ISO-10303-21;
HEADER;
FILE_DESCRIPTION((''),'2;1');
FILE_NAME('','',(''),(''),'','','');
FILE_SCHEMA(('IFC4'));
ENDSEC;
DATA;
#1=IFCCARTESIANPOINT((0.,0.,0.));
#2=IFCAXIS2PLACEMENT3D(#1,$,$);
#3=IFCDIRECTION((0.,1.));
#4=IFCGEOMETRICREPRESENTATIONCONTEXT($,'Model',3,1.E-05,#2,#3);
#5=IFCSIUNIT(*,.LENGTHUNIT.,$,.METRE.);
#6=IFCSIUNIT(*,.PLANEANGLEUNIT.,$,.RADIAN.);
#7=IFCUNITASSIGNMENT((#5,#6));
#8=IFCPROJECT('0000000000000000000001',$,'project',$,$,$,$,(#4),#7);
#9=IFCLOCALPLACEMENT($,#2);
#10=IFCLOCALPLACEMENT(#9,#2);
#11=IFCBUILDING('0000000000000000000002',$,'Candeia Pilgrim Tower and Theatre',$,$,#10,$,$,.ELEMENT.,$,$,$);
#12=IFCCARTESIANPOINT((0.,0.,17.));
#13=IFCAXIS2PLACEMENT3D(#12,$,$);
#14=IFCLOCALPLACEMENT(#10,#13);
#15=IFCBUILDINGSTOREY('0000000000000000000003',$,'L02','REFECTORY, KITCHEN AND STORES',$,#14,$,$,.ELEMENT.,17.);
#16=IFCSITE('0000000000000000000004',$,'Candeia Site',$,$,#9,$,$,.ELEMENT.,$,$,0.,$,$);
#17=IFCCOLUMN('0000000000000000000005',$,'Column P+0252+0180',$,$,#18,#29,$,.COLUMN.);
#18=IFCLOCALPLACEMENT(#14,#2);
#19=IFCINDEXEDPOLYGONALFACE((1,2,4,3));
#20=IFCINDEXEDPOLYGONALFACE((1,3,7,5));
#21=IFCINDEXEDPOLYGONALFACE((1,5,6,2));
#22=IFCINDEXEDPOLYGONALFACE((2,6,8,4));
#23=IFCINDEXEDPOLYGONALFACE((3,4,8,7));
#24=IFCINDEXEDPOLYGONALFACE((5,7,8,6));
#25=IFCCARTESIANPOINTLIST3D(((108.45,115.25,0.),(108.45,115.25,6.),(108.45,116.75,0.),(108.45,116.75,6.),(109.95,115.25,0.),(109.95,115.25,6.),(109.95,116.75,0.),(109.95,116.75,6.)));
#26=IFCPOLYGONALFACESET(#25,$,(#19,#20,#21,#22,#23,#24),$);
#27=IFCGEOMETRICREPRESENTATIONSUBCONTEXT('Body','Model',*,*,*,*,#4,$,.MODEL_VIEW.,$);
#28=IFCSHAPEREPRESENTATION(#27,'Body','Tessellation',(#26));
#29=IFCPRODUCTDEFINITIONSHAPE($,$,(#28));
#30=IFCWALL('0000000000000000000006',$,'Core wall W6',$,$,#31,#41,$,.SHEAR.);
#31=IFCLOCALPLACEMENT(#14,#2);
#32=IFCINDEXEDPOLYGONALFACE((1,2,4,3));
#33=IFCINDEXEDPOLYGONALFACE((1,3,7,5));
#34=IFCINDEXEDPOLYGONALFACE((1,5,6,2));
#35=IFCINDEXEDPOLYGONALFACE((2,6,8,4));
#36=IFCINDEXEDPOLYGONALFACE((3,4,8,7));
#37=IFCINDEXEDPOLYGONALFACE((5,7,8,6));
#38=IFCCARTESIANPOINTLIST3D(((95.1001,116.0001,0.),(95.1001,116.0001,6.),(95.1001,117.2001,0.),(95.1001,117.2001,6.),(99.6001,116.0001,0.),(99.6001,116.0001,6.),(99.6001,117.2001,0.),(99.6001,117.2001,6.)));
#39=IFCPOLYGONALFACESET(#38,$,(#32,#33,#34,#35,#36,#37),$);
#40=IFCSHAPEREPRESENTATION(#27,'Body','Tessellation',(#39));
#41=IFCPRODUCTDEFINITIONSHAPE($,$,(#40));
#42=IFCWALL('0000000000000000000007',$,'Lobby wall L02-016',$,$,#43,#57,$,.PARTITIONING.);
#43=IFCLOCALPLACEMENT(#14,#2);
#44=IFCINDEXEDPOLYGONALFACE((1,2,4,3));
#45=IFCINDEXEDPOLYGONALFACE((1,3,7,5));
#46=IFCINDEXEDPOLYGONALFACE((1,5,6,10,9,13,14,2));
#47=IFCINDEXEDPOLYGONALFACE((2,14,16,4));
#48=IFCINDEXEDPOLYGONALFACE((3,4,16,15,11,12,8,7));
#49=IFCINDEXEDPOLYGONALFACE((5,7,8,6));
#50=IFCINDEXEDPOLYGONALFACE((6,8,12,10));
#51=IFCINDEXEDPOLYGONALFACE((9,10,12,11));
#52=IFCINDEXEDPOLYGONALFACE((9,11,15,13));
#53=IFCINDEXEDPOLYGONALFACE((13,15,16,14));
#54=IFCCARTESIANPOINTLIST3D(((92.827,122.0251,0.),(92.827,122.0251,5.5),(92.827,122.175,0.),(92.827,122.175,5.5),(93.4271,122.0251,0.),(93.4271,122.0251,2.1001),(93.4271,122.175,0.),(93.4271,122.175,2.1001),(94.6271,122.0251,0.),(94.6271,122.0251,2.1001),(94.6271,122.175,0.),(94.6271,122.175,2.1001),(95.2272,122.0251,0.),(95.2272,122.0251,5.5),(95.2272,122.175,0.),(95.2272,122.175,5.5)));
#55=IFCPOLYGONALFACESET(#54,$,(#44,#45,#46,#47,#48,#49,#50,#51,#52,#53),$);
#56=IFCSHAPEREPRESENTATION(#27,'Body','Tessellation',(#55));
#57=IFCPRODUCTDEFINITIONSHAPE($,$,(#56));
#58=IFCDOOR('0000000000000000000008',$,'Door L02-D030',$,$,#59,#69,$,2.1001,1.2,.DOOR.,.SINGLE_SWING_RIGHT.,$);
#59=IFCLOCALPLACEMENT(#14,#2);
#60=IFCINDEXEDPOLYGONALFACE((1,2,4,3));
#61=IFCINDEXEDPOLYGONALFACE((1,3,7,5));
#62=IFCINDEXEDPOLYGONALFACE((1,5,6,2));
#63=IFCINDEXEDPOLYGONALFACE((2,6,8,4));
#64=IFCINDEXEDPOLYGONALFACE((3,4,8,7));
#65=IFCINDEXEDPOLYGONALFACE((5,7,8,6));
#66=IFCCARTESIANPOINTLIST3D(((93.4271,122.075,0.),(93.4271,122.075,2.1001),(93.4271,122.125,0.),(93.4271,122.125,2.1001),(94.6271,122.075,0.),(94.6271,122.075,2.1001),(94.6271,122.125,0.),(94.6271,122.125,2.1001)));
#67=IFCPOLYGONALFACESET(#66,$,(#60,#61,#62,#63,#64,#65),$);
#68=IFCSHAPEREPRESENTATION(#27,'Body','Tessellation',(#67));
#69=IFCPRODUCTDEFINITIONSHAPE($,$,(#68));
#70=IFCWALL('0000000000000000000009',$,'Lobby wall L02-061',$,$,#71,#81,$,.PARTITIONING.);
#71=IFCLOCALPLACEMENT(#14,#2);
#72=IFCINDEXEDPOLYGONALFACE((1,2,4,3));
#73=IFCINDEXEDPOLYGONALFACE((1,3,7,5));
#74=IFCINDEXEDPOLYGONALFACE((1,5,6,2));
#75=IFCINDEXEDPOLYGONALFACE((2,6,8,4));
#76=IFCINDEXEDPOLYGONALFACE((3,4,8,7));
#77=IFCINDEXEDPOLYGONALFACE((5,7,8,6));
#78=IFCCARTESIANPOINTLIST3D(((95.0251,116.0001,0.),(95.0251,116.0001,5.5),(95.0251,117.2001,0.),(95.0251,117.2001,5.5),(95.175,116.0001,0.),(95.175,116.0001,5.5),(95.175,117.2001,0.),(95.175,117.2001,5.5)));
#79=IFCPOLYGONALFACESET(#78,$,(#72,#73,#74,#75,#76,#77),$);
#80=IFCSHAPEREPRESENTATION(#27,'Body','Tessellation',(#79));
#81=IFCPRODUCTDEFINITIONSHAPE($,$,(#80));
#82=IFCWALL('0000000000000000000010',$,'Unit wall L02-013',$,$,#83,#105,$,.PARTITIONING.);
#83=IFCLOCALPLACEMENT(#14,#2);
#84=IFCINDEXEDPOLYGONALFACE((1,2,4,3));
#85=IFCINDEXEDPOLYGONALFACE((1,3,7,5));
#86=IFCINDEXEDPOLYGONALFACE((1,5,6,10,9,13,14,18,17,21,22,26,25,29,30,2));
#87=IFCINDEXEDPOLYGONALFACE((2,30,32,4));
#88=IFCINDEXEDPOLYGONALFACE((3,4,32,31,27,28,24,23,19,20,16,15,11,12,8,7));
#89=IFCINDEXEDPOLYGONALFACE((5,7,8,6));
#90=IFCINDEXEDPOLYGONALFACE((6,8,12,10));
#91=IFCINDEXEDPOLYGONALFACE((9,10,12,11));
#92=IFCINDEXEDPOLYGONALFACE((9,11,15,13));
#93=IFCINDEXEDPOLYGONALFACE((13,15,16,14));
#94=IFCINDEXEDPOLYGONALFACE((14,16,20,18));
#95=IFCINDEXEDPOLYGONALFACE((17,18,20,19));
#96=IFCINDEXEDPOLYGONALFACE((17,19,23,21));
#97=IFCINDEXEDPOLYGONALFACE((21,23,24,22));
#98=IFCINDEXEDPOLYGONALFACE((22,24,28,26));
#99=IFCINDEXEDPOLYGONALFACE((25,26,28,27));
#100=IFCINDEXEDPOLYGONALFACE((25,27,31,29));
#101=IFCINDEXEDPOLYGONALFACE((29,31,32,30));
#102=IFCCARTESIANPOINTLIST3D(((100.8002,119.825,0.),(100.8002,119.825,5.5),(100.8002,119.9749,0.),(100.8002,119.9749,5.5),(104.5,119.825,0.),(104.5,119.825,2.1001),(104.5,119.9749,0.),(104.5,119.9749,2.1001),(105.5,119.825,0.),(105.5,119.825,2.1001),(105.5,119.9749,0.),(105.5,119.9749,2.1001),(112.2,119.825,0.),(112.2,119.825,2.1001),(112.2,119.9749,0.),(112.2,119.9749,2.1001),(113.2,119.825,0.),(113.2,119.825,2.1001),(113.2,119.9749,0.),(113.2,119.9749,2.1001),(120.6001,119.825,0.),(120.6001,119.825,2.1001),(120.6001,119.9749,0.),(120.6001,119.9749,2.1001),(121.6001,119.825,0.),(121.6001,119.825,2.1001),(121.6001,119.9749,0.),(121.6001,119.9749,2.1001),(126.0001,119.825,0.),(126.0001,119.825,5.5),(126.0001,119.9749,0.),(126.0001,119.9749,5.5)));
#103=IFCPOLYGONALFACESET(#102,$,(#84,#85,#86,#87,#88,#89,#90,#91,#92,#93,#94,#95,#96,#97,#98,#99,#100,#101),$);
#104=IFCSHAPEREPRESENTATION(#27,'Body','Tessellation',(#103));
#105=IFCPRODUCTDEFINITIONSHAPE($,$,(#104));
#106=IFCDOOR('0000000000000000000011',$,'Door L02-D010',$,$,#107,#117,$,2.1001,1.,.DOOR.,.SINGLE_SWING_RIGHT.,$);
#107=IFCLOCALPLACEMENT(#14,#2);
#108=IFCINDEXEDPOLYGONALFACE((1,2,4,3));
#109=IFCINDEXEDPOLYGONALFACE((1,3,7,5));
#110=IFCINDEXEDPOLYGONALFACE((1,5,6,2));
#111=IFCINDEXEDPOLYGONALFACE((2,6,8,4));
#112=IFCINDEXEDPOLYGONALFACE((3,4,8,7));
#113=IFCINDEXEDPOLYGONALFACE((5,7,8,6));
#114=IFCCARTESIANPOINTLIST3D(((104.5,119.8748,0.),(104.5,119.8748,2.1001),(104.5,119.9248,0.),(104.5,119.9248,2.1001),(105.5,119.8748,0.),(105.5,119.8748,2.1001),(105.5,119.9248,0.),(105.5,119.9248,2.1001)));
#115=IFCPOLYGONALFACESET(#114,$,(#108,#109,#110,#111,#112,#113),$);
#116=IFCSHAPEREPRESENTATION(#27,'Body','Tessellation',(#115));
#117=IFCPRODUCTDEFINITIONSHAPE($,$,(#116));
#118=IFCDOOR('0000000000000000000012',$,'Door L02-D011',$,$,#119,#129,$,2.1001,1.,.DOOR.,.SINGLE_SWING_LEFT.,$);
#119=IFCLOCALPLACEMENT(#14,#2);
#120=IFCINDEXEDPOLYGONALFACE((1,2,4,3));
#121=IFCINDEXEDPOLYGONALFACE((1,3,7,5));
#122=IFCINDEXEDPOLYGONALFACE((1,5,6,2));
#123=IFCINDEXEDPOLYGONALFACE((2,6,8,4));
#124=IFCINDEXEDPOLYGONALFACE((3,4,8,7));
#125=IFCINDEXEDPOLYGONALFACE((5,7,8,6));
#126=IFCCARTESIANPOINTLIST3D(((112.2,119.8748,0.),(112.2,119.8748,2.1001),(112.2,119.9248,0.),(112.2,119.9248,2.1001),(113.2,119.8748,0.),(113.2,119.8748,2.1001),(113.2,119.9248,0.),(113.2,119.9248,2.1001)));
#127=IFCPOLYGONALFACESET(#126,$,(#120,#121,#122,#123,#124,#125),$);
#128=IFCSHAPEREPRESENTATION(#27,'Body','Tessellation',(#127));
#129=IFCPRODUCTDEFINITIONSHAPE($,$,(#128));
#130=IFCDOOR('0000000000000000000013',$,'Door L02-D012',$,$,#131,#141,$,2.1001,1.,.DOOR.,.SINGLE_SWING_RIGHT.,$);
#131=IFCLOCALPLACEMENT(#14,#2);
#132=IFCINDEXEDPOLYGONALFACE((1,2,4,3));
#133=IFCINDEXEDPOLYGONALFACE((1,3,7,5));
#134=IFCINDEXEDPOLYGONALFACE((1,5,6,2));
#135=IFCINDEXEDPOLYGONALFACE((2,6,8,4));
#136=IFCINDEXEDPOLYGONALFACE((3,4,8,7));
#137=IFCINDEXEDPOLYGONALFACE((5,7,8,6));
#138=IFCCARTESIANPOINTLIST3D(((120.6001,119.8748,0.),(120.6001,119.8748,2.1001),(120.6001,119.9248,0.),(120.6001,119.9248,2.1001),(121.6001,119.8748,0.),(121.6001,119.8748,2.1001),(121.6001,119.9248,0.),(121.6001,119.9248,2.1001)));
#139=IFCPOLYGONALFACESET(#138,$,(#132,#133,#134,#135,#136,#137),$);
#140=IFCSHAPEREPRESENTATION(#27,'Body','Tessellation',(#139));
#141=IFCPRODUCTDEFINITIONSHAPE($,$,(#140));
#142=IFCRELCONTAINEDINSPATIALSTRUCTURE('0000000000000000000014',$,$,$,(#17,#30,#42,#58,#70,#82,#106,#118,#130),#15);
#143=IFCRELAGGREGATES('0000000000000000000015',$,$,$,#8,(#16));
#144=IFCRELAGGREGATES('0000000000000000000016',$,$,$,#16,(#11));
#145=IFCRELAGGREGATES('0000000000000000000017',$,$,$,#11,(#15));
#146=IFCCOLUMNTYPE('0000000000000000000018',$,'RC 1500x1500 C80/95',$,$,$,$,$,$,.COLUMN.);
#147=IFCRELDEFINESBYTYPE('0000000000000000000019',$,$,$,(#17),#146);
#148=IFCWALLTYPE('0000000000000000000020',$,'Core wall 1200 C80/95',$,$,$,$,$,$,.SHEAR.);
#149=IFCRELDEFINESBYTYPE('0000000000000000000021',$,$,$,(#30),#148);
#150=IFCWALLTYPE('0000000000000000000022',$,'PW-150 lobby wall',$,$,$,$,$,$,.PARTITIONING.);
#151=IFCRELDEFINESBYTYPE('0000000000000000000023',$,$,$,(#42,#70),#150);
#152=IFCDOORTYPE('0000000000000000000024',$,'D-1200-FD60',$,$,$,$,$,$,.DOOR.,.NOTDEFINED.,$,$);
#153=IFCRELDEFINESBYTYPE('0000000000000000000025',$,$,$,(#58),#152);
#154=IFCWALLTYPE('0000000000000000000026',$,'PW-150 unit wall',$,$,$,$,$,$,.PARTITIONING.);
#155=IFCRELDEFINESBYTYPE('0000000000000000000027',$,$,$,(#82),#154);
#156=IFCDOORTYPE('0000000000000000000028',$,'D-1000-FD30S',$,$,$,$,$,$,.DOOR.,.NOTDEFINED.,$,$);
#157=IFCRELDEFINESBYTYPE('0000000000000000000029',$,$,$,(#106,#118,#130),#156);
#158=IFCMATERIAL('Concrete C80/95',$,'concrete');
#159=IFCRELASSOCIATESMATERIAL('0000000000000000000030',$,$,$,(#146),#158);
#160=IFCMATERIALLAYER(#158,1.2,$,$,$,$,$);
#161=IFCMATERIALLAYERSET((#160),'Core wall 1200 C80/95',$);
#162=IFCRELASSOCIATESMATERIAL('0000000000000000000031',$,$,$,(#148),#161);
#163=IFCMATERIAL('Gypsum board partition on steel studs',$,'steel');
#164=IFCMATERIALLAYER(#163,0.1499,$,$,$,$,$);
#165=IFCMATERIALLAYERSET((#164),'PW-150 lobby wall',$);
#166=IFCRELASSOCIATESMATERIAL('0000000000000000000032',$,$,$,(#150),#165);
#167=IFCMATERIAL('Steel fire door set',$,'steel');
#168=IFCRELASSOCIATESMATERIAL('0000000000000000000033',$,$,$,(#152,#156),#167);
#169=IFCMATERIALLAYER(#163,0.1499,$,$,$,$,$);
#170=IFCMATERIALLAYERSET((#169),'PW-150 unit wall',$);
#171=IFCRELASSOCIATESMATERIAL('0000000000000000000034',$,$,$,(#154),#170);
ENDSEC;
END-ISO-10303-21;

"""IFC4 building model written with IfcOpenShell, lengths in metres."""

from ifc_helpers import new_model, si_unit, direction, frame, frame_2d, origin, origin_2d, place, context, subcontext, project, spatial, rectangle, extrude, material, layer, layer_set, material_profile, profile_set, type_object, element, fill, save


model = new_model("IFC4")

# Units and contexts
model_context = context("Model", 3, precision=1e-05, world=origin(), true_north=direction((0.0, 1.0)))
body_context = subcontext(model_context, "Body", "Model", "MODEL_VIEW")
ifc_project = project(units=[si_unit("LENGTHUNIT", "METRE"), si_unit("PLANEANGLEUNIT", "RADIAN")], contexts=[model_context])

# Site, building, storey
site_placement = place(None, origin())
site = spatial("IfcSite", under=ifc_project, at=site_placement, Name="Candeia Site", CompositionType="ELEMENT", RefElevation=0.0)
building_placement = place(site_placement, origin())
building = spatial("IfcBuilding", under=site, at=building_placement, Name="Candeia Pilgrim Tower and Theatre", CompositionType="ELEMENT")
storey_placement = place(building_placement, frame((0.0, 0.0, 17.0)))
storey = spatial("IfcBuildingStorey", under=building, at=storey_placement, Name="L02", Description="REFECTORY, KITCHEN AND STORES", CompositionType="ELEMENT", Elevation=17.0)

# Column
ifc_material_1 = material(Name="Concrete C80/95", Category="concrete")
ifc_material_profile = material_profile(ifc_material_1, rectangle(XDim=1.5, YDim=1.5, at=origin_2d()))
ifc_profile_set = profile_set([ifc_material_profile], Name="Concrete C80/95")
column_type = type_object("IfcColumnType", Name="RC 1500x1500 C80/95", PredefinedType="COLUMN", material=ifc_profile_set)
column_placement = place(storey_placement, frame((109.2, 116.0, 0.0), z_axis=(0.0, 0.0, 1.0), x_axis=(1.0, 0.0, 0.0)))
element("IfcColumn", 1, at=column_placement, inside=storey, type_object=column_type, Name="Column P+0252+0180", PredefinedType="COLUMN", context=body_context, shape_type="SweptSolid", body=[
    extrude(rectangle(XDim=1.5, YDim=1.5, at=origin_2d()), origin(), (0.0, 0.0, 1.0), 6.0),
])

# Wall
ifc_layer_1 = layer(ifc_material_1, 1.2)
ifc_layer_set_1 = layer_set([ifc_layer_1], Name="Core wall 1200 C80/95")
wall_type_1 = type_object("IfcWallType", Name="Core wall 1200 C80/95", PredefinedType="SHEAR", material=ifc_layer_set_1)
wall_1_placement = place(storey_placement, frame((95.1001, 116.6001, 0.0), z_axis=(0.0, 0.0, 1.0), x_axis=(1.0, 0.0, 0.0)))
element("IfcWall", 2, at=wall_1_placement, inside=storey, type_object=wall_type_1, Name="Core wall W6", PredefinedType="SHEAR", context=body_context, shape_type="SweptSolid", body=[
    extrude(rectangle(XDim=4.5, YDim=1.2, at=frame_2d((2.25, 0.0))), origin(), (0.0, 0.0, 1.0), 6.0),
])

# Wall, opening, door
ifc_material_2 = material(Name="Gypsum board partition on steel studs", Category="steel")
ifc_layer_2 = layer(ifc_material_2, 0.1499)
ifc_layer_set_2 = layer_set([ifc_layer_2], Name="PW-150 lobby wall")
wall_type_2 = type_object("IfcWallType", Name="PW-150 lobby wall", PredefinedType="PARTITIONING", material=ifc_layer_set_2)
wall_2_placement = place(storey_placement, frame((92.8269, 122.1001, 0.0), z_axis=(0.0, 0.0, 1.0), x_axis=(1.0, 0.0, 0.0)))
wall_2 = element("IfcWall", 3, at=wall_2_placement, inside=storey, type_object=wall_type_2, Name="Lobby wall L02-016", PredefinedType="PARTITIONING", context=body_context, shape_type="SweptSolid", body=[
    extrude(rectangle(XDim=2.4001, YDim=0.1499, at=frame_2d((1.2002, 0.0))), origin(), (0.0, 0.0, 1.0), 5.5),
])
opening_1_placement = place(wall_2_placement, frame((0.6001, 0.0, 0.0)))
opening_1 = element("IfcOpeningElement", 4, at=opening_1_placement, cuts=wall_2, PredefinedType="OPENING", context=body_context, shape_type="SweptSolid", body=[
    extrude(rectangle(XDim=1.2, YDim=2.1001, at=frame_2d((0.6001, 1.05))), frame((0.0, 0.085, 0.0), z_axis=(0.0, -1.0, 0.0), x_axis=(1.0, 0.0, 0.0)), (0.0, 0.0, 1.0), 0.1699),
])
ifc_material_3 = material(Name="Steel fire door set", Category="steel")
door_type_1 = type_object("IfcDoorType", Name="D-1200-FD60", OperationType="NOTDEFINED", PredefinedType="DOOR", material=ifc_material_3)
door_1_placement = place(opening_1_placement, origin())
door_1 = element("IfcDoor", 5, at=door_1_placement, inside=storey, type_object=door_type_1, Name="Door L02-D030", OperationType="SINGLE_SWING_RIGHT", OverallHeight=2.1001, OverallWidth=1.2, PredefinedType="DOOR", context=body_context, shape_type="SweptSolid", body=[
    extrude(rectangle(XDim=1.2, YDim=2.1001, at=frame_2d((0.6001, 1.05))), frame((0.0, 0.0249, 0.0), z_axis=(0.0, -1.0, 0.0), x_axis=(1.0, 0.0, 0.0)), (0.0, 0.0, 1.0), 0.05),
])
fill(opening_1, door_1)

# Wall
wall_3_placement = place(storey_placement, frame((95.1001, 116.0, 0.0), z_axis=(0.0, 0.0, 1.0), x_axis=(0.0, 1.0, 0.0)))
element("IfcWall", 6, at=wall_3_placement, inside=storey, type_object=wall_type_2, Name="Lobby wall L02-061", PredefinedType="PARTITIONING", context=body_context, shape_type="SweptSolid", body=[
    extrude(rectangle(XDim=1.2, YDim=0.1499, at=frame_2d((0.6001, 0.0))), origin(), (0.0, 0.0, 1.0), 5.5),
])

# Wall, openings, doors
ifc_layer_3 = layer(ifc_material_2, 0.1499)
ifc_layer_set_3 = layer_set([ifc_layer_3], Name="PW-150 unit wall")
wall_type_3 = type_object("IfcWallType", Name="PW-150 unit wall", PredefinedType="PARTITIONING", material=ifc_layer_set_3)
wall_4_placement = place(storey_placement, frame((100.8, 119.8999, 0.0), z_axis=(0.0, 0.0, 1.0), x_axis=(1.0, 0.0, 0.0)))
wall_4 = element("IfcWall", 7, at=wall_4_placement, inside=storey, type_object=wall_type_3, Name="Unit wall L02-013", PredefinedType="PARTITIONING", context=body_context, shape_type="SweptSolid", body=[
    extrude(rectangle(XDim=25.2, YDim=0.1499, at=frame_2d((12.6001, 0.0))), origin(), (0.0, 0.0, 1.0), 5.5),
])
opening_2_placement = place(wall_4_placement, frame((3.7, 0.0, 0.0)))
opening_2 = element("IfcOpeningElement", 8, at=opening_2_placement, cuts=wall_4, PredefinedType="OPENING", context=body_context, shape_type="SweptSolid", body=[
    extrude(rectangle(XDim=1.0, YDim=2.1001, at=frame_2d((0.5, 1.05))), frame((0.0, 0.085, 0.0), z_axis=(0.0, -1.0, 0.0), x_axis=(1.0, 0.0, 0.0)), (0.0, 0.0, 1.0), 0.1699),
])
opening_3_placement = place(wall_4_placement, frame((11.3999, 0.0, 0.0)))
opening_3 = element("IfcOpeningElement", 9, at=opening_3_placement, cuts=wall_4, PredefinedType="OPENING", context=body_context, shape_type="SweptSolid", body=[
    extrude(rectangle(XDim=1.0, YDim=2.1001, at=frame_2d((0.5, 1.05))), frame((0.0, 0.085, 0.0), z_axis=(0.0, -1.0, 0.0), x_axis=(1.0, 0.0, 0.0)), (0.0, 0.0, 1.0), 0.1699),
])
opening_4_placement = place(wall_4_placement, frame((19.8, 0.0, 0.0)))
opening_4 = element("IfcOpeningElement", 10, at=opening_4_placement, cuts=wall_4, PredefinedType="OPENING", context=body_context, shape_type="SweptSolid", body=[
    extrude(rectangle(XDim=1.0, YDim=2.1001, at=frame_2d((0.5, 1.05))), frame((0.0, 0.085, 0.0), z_axis=(0.0, -1.0, 0.0), x_axis=(1.0, 0.0, 0.0)), (0.0, 0.0, 1.0), 0.1699),
])
door_type_2 = type_object("IfcDoorType", Name="D-1000-FD30S", OperationType="NOTDEFINED", PredefinedType="DOOR", material=ifc_material_3)
door_2_placement = place(opening_2_placement, origin())
door_2 = element("IfcDoor", 11, at=door_2_placement, inside=storey, type_object=door_type_2, Name="Door L02-D010", OperationType="SINGLE_SWING_RIGHT", OverallHeight=2.1001, OverallWidth=1.0, PredefinedType="DOOR", context=body_context, shape_type="SweptSolid", body=[
    extrude(rectangle(XDim=1.0, YDim=2.1001, at=frame_2d((0.5, 1.05))), frame((0.0, 0.0249, 0.0), z_axis=(0.0, -1.0, 0.0), x_axis=(1.0, 0.0, 0.0)), (0.0, 0.0, 1.0), 0.05),
])
fill(opening_2, door_2)
door_3_placement = place(opening_3_placement, origin())
door_3 = element("IfcDoor", 12, at=door_3_placement, inside=storey, type_object=door_type_2, Name="Door L02-D011", OperationType="SINGLE_SWING_LEFT", OverallHeight=2.1001, OverallWidth=1.0, PredefinedType="DOOR", context=body_context, shape_type="SweptSolid", body=[
    extrude(rectangle(XDim=1.0, YDim=2.1001, at=frame_2d((0.5, 1.05))), frame((0.0, 0.0249, 0.0), z_axis=(0.0, -1.0, 0.0), x_axis=(1.0, 0.0, 0.0)), (0.0, 0.0, 1.0), 0.05),
])
fill(opening_3, door_3)
door_4_placement = place(opening_4_placement, origin())
door_4 = element("IfcDoor", 13, at=door_4_placement, inside=storey, type_object=door_type_2, Name="Door L02-D012", OperationType="SINGLE_SWING_RIGHT", OverallHeight=2.1001, OverallWidth=1.0, PredefinedType="DOOR", context=body_context, shape_type="SweptSolid", body=[
    extrude(rectangle(XDim=1.0, YDim=2.1001, at=frame_2d((0.5, 1.05))), frame((0.0, 0.0249, 0.0), z_axis=(0.0, -1.0, 0.0), x_axis=(1.0, 0.0, 0.0)), (0.0, 0.0, 1.0), 0.05),
])
fill(opening_4, door_4)

save(model, "model.ifc")
